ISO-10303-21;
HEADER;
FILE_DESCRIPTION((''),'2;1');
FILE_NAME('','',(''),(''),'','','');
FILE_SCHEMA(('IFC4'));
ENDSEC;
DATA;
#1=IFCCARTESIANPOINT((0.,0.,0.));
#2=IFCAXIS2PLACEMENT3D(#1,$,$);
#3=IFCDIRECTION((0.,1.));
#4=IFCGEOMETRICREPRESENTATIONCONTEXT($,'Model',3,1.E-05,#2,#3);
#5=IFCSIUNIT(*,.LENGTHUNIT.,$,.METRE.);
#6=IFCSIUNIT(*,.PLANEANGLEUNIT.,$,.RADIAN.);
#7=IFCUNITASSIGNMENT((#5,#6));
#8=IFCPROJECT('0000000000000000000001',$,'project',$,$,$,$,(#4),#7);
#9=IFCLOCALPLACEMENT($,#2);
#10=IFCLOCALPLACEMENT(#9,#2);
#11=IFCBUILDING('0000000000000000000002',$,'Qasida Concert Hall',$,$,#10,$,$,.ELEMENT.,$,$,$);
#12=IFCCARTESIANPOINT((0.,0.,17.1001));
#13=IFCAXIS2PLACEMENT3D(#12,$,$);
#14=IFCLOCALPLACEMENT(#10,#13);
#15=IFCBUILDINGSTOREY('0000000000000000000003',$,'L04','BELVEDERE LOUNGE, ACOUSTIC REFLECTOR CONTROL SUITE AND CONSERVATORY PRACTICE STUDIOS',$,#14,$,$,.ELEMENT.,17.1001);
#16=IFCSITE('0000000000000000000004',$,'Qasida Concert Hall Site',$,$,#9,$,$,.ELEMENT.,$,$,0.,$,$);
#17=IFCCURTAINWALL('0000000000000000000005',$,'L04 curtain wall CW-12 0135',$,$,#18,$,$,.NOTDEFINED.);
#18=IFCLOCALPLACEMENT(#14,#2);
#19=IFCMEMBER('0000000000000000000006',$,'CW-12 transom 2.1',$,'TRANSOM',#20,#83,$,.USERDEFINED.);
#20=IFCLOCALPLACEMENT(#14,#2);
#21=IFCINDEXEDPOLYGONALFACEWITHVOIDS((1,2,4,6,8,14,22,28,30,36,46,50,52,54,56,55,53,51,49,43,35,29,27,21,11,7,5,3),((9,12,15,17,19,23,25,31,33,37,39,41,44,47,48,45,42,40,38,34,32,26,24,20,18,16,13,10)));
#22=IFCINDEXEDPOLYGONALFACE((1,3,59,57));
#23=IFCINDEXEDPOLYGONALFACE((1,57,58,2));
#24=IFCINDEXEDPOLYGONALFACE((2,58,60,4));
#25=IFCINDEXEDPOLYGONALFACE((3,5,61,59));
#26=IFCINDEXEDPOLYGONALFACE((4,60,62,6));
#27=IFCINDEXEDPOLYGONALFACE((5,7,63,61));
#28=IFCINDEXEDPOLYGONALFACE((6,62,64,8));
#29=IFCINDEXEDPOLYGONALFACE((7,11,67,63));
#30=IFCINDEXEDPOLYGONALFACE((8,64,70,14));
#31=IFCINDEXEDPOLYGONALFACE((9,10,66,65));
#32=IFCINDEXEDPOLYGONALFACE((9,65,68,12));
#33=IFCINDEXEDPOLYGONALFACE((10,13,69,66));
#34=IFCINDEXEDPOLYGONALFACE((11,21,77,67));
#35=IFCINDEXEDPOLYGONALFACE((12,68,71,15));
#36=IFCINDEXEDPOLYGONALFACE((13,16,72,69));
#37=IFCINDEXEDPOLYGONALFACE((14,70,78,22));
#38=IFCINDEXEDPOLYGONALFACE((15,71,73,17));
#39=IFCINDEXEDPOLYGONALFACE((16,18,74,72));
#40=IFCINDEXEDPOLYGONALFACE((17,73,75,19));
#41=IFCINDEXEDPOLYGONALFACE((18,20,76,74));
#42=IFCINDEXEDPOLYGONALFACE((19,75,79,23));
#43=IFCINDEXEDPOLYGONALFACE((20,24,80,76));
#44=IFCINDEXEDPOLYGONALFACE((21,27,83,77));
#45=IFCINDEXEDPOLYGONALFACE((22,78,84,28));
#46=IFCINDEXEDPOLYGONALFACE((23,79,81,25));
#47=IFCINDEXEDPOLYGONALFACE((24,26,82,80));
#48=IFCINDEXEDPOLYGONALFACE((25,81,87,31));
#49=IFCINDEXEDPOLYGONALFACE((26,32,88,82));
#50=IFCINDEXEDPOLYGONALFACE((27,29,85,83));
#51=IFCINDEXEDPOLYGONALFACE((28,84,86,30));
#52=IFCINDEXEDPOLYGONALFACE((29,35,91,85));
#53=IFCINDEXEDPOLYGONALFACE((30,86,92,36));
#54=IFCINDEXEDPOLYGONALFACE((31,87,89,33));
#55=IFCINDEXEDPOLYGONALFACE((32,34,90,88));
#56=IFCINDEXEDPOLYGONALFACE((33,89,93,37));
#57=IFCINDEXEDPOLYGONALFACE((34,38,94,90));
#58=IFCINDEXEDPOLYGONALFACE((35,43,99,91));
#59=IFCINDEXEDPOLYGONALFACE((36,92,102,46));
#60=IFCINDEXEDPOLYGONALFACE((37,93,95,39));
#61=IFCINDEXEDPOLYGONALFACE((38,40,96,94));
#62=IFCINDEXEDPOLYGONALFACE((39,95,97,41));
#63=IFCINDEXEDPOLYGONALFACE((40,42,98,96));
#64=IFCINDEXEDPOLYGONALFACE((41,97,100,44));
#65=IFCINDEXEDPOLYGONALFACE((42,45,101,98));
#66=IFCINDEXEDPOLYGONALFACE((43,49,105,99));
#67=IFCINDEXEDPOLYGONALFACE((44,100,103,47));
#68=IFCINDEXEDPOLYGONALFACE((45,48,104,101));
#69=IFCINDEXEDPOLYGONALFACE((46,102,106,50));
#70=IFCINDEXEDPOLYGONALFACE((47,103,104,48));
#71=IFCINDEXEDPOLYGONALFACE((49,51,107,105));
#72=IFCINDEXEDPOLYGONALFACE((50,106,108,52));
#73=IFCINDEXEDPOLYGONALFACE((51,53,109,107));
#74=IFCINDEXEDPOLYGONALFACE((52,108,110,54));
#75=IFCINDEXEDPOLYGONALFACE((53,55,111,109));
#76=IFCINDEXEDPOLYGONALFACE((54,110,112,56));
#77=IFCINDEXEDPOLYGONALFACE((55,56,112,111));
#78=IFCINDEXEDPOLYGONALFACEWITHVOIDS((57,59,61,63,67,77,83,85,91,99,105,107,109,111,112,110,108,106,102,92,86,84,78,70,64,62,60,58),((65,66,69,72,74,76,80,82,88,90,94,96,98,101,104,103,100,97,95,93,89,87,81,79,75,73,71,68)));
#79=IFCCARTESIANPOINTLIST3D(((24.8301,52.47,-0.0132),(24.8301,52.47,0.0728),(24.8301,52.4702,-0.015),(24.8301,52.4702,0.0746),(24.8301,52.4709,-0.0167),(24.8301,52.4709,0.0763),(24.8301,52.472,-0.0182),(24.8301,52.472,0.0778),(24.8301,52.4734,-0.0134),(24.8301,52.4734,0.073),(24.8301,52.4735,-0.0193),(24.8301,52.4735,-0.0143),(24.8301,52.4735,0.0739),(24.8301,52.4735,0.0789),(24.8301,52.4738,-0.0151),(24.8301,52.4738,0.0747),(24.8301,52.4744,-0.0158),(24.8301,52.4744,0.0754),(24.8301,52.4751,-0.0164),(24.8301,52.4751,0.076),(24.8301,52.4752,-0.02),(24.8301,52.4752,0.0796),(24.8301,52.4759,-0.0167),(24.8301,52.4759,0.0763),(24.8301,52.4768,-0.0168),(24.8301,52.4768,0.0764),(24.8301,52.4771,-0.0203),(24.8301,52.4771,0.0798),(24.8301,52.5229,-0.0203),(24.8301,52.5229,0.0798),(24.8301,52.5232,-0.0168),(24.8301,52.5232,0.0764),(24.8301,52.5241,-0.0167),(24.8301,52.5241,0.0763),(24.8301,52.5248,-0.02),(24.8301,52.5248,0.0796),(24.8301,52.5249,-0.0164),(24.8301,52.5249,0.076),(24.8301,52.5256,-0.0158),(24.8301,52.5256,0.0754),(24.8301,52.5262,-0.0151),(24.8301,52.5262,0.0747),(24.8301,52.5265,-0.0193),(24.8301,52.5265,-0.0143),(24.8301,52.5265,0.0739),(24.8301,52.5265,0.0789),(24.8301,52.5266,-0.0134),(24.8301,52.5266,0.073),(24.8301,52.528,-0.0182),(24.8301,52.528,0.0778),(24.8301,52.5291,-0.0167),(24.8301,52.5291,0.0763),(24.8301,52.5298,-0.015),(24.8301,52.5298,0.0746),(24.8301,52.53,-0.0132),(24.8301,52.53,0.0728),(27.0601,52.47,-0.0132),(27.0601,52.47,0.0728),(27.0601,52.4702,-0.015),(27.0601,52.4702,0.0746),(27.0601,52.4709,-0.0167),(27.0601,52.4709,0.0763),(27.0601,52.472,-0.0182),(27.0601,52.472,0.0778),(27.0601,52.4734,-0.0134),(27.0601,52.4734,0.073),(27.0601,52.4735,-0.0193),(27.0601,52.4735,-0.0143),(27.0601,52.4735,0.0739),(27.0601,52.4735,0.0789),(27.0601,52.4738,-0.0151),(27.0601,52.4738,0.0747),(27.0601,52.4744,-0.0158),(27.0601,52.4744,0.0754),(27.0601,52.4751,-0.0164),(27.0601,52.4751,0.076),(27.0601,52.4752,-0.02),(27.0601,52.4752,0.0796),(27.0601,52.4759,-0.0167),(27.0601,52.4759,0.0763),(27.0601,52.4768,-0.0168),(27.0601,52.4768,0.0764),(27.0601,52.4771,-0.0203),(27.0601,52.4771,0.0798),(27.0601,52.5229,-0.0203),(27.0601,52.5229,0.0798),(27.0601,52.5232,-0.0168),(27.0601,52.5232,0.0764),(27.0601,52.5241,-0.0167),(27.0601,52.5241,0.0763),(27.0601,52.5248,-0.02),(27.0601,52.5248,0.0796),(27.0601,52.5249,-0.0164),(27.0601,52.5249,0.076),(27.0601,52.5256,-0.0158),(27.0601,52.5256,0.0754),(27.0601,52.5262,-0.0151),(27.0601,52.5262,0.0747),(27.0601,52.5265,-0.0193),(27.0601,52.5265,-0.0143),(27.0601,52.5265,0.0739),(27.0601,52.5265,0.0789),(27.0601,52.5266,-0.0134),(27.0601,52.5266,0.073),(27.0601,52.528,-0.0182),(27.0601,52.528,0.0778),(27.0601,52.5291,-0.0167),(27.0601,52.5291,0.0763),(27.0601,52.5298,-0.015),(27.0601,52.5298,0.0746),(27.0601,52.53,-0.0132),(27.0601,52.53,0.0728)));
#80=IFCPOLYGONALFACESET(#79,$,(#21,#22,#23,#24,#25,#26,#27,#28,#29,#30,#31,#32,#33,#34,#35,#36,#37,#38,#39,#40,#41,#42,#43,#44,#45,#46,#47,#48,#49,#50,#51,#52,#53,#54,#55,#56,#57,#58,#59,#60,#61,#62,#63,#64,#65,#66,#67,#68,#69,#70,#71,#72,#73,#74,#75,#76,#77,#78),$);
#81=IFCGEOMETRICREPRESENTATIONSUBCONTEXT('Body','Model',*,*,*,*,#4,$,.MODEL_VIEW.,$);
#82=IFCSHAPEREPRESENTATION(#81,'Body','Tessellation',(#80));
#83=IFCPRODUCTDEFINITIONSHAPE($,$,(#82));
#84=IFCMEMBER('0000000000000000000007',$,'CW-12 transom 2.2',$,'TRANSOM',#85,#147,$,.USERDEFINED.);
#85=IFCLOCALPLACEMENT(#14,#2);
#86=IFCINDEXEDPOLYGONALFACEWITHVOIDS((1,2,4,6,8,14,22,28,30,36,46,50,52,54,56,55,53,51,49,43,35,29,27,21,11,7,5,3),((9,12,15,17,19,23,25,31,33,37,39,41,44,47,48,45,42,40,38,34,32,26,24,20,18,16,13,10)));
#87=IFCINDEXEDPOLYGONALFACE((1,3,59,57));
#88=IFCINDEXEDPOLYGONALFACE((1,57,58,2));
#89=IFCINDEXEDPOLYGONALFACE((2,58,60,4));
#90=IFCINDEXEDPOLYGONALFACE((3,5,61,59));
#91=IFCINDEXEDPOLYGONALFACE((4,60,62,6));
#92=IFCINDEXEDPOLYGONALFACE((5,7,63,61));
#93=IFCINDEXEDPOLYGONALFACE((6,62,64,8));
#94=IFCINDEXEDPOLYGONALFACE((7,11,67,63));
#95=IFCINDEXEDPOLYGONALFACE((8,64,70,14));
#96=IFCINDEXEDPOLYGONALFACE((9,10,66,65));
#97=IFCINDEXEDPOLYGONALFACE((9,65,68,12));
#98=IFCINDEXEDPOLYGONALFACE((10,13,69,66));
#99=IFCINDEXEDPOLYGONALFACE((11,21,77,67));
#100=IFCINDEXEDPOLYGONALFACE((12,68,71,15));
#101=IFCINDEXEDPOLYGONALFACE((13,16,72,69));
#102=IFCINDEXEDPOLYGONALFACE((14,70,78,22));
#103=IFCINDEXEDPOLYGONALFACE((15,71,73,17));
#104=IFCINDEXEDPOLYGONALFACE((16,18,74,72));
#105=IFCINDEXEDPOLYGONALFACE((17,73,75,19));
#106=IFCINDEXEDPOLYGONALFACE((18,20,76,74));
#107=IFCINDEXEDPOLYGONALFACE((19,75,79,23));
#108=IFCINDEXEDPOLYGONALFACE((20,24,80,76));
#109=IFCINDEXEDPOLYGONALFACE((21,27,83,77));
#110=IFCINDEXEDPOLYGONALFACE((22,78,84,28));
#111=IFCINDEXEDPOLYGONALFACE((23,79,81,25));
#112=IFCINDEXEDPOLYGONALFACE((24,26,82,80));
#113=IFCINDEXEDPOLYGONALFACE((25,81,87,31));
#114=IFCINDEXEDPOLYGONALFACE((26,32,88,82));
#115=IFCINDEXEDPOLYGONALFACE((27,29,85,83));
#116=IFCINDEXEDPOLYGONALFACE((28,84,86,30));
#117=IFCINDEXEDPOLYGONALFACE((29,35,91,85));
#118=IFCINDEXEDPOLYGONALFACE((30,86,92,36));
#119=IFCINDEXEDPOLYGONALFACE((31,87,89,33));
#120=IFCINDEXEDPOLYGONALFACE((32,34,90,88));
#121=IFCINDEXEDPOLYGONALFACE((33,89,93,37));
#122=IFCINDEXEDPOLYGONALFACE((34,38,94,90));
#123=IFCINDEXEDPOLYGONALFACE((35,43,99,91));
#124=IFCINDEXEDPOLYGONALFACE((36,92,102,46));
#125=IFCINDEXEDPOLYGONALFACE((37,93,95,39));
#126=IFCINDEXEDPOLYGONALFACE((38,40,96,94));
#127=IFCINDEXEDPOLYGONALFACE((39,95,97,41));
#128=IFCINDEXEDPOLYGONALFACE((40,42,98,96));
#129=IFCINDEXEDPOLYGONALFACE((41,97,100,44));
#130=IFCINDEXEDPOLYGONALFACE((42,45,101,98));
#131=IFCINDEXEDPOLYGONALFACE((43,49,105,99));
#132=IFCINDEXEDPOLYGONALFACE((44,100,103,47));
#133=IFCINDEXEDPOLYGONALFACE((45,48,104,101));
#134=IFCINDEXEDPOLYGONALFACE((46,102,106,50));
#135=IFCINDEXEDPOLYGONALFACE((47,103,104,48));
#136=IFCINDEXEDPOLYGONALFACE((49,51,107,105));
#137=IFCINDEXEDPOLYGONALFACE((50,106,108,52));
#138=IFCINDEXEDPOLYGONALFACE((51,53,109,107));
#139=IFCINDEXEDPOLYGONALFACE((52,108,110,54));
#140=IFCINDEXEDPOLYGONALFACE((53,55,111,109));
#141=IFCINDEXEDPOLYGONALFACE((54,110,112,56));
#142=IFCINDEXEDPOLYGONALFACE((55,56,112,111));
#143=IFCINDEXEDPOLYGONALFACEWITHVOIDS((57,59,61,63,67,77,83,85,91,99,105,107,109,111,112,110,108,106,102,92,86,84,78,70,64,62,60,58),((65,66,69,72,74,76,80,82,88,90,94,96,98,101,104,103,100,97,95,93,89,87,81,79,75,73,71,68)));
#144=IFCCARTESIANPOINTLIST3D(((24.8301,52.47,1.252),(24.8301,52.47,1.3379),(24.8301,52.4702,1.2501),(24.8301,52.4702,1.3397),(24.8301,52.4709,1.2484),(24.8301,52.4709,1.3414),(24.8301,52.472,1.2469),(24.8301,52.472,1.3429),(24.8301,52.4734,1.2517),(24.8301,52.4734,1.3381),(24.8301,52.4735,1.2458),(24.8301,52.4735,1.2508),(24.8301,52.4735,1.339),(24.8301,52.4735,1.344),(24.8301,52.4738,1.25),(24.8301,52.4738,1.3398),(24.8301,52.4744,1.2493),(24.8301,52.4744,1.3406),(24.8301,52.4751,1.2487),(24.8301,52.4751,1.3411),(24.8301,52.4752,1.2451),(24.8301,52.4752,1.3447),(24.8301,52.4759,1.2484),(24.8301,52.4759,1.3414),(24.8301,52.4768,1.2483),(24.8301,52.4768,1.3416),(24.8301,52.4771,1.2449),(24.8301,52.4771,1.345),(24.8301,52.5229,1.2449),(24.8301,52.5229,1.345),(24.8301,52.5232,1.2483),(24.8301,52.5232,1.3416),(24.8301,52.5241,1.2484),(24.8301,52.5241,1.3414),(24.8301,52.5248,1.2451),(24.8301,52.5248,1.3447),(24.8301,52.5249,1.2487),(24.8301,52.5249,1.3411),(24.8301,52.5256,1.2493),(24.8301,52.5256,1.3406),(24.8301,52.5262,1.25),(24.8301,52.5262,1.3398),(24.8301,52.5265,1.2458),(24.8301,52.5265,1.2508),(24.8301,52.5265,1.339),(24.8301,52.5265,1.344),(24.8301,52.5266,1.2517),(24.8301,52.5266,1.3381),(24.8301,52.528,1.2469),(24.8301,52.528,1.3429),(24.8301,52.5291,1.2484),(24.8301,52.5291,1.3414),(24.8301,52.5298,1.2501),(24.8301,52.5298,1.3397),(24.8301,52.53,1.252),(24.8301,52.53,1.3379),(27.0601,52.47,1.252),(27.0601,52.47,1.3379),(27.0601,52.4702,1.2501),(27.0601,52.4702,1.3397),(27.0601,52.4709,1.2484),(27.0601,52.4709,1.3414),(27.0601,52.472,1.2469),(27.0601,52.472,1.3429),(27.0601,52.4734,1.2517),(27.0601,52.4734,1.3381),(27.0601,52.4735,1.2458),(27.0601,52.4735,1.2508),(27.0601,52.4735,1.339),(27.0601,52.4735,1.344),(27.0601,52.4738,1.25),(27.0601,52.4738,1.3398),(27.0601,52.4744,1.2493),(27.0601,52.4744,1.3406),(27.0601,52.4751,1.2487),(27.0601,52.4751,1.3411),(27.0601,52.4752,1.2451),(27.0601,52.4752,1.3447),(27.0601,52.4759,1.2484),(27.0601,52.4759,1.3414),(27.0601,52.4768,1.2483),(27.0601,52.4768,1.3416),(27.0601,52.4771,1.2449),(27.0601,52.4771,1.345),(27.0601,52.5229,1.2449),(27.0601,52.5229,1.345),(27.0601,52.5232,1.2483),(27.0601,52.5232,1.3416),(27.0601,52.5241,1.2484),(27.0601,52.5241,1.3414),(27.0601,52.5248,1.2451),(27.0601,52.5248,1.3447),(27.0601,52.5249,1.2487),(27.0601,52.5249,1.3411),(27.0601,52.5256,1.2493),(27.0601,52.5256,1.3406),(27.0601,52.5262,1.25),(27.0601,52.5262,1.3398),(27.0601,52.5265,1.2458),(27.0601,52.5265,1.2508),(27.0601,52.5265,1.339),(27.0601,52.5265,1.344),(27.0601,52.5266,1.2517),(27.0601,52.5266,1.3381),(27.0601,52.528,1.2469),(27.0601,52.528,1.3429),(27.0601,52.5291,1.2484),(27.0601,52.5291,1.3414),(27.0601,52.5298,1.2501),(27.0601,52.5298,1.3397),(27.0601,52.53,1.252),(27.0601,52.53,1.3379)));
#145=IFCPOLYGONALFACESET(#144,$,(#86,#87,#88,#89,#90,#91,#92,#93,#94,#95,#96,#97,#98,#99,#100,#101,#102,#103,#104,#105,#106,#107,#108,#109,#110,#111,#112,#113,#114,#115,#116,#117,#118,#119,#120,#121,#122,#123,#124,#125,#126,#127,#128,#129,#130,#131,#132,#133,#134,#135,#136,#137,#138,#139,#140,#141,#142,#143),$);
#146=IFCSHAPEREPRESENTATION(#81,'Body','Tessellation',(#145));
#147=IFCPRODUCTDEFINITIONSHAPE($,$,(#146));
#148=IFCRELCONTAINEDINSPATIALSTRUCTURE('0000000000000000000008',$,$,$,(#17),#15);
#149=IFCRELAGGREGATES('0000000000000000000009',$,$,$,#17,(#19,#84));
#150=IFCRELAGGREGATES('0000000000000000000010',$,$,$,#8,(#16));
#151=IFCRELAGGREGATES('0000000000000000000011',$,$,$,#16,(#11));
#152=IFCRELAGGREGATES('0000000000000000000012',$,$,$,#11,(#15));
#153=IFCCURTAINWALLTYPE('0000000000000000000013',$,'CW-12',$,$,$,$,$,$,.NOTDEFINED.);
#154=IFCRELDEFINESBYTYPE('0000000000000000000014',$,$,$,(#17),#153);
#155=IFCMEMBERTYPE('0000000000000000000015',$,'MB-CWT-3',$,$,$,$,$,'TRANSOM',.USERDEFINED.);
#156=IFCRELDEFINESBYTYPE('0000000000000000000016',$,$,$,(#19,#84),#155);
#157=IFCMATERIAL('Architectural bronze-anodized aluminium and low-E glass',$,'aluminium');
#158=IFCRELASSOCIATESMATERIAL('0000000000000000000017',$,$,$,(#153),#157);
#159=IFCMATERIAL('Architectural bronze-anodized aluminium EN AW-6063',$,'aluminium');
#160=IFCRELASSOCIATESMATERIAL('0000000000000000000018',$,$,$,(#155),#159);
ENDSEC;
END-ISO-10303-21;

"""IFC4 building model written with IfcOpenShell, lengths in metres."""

from ifc_helpers import new_model, si_unit, direction, frame, origin, origin_2d, place, context, subcontext, project, spatial, hollow_rectangle, extrude, material, material_profile, profile_set, type_object, element, aggregate, save


model = new_model("IFC4")

# Units and contexts
model_context = context("Model", 3, precision=1e-05, world=origin(), true_north=direction((0.0, 1.0)))
body_context = subcontext(model_context, "Body", "Model", "MODEL_VIEW")
ifc_project = project(units=[si_unit("LENGTHUNIT", "METRE"), si_unit("PLANEANGLEUNIT", "RADIAN")], contexts=[model_context])

# Site, building, storey
site_placement = place(None, origin())
site = spatial("IfcSite", under=ifc_project, at=site_placement, Name="Qasida Concert Hall Site", CompositionType="ELEMENT", RefElevation=0.0)
building_placement = place(site_placement, origin())
building = spatial("IfcBuilding", under=site, at=building_placement, Name="Qasida Concert Hall", CompositionType="ELEMENT")
storey_placement = place(building_placement, frame((0.0, 0.0, 17.1001)))
storey = spatial("IfcBuildingStorey", under=building, at=storey_placement, Name="L04", Description="BELVEDERE LOUNGE, ACOUSTIC REFLECTOR CONTROL SUITE AND CONSERVATORY PRACTICE STUDIOS", CompositionType="ELEMENT", Elevation=17.1001)

# Shared definitions
ifc_material_1 = material(Name="Architectural bronze-anodized aluminium and low-E glass", Category="aluminium")
curtain_wall_type = type_object("IfcCurtainWallType", Name="CW-12", PredefinedType="NOTDEFINED", material=ifc_material_1)
ifc_material_2 = material(Name="Architectural bronze-anodized aluminium EN AW-6063", Category="aluminium")

# Curtain wall
curtain_wall_1_placement = place(storey_placement, origin())
curtain_wall_1 = element("IfcCurtainWall", 1, at=curtain_wall_1_placement, inside=storey, type_object=curtain_wall_type, Name="L04 curtain wall CW-12 0135", PredefinedType="NOTDEFINED")

# Members
ifc_material_profile_1 = material_profile(ifc_material_2, hollow_rectangle(XDim=0.0601, YDim=0.1001, WallThickness=0.0034, InnerFilletRadius=0.0034, OuterFilletRadius=0.0071, at=origin_2d()), Name="CWT 100x60x3.5")
ifc_profile_set_1 = profile_set([ifc_material_profile_1], Name="Architectural bronze-anodized aluminium EN AW-6063")
member_type_1 = type_object("IfcMemberType", Name="MB-CWT-3", ElementType="TRANSOM", PredefinedType="USERDEFINED", material=ifc_profile_set_1)
member_1_placement = place(storey_placement, frame((24.8301, 52.5, 0.0298), z_axis=(1.0, 0.0, 0.0), x_axis=(0.0, 1.0, 0.0)))
member_1 = element("IfcMember", 2, at=member_1_placement, type_object=member_type_1, Name="CW-12 transom 2.1", ObjectType="TRANSOM", PredefinedType="USERDEFINED", context=body_context, shape_type="SweptSolid", body=[
    extrude(hollow_rectangle(XDim=0.0601, YDim=0.1001, WallThickness=0.0034, InnerFilletRadius=0.0034, OuterFilletRadius=0.0071, at=origin_2d()), origin(), (0.0, 0.0, 1.0), 2.23),
])
member_2_placement = place(storey_placement, frame((24.8301, 52.5, 1.2949), z_axis=(1.0, 0.0, 0.0), x_axis=(0.0, 1.0, 0.0)))
member_2 = element("IfcMember", 3, at=member_2_placement, type_object=member_type_1, Name="CW-12 transom 2.2", ObjectType="TRANSOM", PredefinedType="USERDEFINED", context=body_context, shape_type="SweptSolid", body=[
    extrude(hollow_rectangle(XDim=0.0601, YDim=0.1001, WallThickness=0.0034, InnerFilletRadius=0.0034, OuterFilletRadius=0.0071, at=origin_2d()), origin(), (0.0, 0.0, 1.0), 2.23),
])

aggregate(curtain_wall_1, [member_1, member_2])

save(model, "model.ifc")
